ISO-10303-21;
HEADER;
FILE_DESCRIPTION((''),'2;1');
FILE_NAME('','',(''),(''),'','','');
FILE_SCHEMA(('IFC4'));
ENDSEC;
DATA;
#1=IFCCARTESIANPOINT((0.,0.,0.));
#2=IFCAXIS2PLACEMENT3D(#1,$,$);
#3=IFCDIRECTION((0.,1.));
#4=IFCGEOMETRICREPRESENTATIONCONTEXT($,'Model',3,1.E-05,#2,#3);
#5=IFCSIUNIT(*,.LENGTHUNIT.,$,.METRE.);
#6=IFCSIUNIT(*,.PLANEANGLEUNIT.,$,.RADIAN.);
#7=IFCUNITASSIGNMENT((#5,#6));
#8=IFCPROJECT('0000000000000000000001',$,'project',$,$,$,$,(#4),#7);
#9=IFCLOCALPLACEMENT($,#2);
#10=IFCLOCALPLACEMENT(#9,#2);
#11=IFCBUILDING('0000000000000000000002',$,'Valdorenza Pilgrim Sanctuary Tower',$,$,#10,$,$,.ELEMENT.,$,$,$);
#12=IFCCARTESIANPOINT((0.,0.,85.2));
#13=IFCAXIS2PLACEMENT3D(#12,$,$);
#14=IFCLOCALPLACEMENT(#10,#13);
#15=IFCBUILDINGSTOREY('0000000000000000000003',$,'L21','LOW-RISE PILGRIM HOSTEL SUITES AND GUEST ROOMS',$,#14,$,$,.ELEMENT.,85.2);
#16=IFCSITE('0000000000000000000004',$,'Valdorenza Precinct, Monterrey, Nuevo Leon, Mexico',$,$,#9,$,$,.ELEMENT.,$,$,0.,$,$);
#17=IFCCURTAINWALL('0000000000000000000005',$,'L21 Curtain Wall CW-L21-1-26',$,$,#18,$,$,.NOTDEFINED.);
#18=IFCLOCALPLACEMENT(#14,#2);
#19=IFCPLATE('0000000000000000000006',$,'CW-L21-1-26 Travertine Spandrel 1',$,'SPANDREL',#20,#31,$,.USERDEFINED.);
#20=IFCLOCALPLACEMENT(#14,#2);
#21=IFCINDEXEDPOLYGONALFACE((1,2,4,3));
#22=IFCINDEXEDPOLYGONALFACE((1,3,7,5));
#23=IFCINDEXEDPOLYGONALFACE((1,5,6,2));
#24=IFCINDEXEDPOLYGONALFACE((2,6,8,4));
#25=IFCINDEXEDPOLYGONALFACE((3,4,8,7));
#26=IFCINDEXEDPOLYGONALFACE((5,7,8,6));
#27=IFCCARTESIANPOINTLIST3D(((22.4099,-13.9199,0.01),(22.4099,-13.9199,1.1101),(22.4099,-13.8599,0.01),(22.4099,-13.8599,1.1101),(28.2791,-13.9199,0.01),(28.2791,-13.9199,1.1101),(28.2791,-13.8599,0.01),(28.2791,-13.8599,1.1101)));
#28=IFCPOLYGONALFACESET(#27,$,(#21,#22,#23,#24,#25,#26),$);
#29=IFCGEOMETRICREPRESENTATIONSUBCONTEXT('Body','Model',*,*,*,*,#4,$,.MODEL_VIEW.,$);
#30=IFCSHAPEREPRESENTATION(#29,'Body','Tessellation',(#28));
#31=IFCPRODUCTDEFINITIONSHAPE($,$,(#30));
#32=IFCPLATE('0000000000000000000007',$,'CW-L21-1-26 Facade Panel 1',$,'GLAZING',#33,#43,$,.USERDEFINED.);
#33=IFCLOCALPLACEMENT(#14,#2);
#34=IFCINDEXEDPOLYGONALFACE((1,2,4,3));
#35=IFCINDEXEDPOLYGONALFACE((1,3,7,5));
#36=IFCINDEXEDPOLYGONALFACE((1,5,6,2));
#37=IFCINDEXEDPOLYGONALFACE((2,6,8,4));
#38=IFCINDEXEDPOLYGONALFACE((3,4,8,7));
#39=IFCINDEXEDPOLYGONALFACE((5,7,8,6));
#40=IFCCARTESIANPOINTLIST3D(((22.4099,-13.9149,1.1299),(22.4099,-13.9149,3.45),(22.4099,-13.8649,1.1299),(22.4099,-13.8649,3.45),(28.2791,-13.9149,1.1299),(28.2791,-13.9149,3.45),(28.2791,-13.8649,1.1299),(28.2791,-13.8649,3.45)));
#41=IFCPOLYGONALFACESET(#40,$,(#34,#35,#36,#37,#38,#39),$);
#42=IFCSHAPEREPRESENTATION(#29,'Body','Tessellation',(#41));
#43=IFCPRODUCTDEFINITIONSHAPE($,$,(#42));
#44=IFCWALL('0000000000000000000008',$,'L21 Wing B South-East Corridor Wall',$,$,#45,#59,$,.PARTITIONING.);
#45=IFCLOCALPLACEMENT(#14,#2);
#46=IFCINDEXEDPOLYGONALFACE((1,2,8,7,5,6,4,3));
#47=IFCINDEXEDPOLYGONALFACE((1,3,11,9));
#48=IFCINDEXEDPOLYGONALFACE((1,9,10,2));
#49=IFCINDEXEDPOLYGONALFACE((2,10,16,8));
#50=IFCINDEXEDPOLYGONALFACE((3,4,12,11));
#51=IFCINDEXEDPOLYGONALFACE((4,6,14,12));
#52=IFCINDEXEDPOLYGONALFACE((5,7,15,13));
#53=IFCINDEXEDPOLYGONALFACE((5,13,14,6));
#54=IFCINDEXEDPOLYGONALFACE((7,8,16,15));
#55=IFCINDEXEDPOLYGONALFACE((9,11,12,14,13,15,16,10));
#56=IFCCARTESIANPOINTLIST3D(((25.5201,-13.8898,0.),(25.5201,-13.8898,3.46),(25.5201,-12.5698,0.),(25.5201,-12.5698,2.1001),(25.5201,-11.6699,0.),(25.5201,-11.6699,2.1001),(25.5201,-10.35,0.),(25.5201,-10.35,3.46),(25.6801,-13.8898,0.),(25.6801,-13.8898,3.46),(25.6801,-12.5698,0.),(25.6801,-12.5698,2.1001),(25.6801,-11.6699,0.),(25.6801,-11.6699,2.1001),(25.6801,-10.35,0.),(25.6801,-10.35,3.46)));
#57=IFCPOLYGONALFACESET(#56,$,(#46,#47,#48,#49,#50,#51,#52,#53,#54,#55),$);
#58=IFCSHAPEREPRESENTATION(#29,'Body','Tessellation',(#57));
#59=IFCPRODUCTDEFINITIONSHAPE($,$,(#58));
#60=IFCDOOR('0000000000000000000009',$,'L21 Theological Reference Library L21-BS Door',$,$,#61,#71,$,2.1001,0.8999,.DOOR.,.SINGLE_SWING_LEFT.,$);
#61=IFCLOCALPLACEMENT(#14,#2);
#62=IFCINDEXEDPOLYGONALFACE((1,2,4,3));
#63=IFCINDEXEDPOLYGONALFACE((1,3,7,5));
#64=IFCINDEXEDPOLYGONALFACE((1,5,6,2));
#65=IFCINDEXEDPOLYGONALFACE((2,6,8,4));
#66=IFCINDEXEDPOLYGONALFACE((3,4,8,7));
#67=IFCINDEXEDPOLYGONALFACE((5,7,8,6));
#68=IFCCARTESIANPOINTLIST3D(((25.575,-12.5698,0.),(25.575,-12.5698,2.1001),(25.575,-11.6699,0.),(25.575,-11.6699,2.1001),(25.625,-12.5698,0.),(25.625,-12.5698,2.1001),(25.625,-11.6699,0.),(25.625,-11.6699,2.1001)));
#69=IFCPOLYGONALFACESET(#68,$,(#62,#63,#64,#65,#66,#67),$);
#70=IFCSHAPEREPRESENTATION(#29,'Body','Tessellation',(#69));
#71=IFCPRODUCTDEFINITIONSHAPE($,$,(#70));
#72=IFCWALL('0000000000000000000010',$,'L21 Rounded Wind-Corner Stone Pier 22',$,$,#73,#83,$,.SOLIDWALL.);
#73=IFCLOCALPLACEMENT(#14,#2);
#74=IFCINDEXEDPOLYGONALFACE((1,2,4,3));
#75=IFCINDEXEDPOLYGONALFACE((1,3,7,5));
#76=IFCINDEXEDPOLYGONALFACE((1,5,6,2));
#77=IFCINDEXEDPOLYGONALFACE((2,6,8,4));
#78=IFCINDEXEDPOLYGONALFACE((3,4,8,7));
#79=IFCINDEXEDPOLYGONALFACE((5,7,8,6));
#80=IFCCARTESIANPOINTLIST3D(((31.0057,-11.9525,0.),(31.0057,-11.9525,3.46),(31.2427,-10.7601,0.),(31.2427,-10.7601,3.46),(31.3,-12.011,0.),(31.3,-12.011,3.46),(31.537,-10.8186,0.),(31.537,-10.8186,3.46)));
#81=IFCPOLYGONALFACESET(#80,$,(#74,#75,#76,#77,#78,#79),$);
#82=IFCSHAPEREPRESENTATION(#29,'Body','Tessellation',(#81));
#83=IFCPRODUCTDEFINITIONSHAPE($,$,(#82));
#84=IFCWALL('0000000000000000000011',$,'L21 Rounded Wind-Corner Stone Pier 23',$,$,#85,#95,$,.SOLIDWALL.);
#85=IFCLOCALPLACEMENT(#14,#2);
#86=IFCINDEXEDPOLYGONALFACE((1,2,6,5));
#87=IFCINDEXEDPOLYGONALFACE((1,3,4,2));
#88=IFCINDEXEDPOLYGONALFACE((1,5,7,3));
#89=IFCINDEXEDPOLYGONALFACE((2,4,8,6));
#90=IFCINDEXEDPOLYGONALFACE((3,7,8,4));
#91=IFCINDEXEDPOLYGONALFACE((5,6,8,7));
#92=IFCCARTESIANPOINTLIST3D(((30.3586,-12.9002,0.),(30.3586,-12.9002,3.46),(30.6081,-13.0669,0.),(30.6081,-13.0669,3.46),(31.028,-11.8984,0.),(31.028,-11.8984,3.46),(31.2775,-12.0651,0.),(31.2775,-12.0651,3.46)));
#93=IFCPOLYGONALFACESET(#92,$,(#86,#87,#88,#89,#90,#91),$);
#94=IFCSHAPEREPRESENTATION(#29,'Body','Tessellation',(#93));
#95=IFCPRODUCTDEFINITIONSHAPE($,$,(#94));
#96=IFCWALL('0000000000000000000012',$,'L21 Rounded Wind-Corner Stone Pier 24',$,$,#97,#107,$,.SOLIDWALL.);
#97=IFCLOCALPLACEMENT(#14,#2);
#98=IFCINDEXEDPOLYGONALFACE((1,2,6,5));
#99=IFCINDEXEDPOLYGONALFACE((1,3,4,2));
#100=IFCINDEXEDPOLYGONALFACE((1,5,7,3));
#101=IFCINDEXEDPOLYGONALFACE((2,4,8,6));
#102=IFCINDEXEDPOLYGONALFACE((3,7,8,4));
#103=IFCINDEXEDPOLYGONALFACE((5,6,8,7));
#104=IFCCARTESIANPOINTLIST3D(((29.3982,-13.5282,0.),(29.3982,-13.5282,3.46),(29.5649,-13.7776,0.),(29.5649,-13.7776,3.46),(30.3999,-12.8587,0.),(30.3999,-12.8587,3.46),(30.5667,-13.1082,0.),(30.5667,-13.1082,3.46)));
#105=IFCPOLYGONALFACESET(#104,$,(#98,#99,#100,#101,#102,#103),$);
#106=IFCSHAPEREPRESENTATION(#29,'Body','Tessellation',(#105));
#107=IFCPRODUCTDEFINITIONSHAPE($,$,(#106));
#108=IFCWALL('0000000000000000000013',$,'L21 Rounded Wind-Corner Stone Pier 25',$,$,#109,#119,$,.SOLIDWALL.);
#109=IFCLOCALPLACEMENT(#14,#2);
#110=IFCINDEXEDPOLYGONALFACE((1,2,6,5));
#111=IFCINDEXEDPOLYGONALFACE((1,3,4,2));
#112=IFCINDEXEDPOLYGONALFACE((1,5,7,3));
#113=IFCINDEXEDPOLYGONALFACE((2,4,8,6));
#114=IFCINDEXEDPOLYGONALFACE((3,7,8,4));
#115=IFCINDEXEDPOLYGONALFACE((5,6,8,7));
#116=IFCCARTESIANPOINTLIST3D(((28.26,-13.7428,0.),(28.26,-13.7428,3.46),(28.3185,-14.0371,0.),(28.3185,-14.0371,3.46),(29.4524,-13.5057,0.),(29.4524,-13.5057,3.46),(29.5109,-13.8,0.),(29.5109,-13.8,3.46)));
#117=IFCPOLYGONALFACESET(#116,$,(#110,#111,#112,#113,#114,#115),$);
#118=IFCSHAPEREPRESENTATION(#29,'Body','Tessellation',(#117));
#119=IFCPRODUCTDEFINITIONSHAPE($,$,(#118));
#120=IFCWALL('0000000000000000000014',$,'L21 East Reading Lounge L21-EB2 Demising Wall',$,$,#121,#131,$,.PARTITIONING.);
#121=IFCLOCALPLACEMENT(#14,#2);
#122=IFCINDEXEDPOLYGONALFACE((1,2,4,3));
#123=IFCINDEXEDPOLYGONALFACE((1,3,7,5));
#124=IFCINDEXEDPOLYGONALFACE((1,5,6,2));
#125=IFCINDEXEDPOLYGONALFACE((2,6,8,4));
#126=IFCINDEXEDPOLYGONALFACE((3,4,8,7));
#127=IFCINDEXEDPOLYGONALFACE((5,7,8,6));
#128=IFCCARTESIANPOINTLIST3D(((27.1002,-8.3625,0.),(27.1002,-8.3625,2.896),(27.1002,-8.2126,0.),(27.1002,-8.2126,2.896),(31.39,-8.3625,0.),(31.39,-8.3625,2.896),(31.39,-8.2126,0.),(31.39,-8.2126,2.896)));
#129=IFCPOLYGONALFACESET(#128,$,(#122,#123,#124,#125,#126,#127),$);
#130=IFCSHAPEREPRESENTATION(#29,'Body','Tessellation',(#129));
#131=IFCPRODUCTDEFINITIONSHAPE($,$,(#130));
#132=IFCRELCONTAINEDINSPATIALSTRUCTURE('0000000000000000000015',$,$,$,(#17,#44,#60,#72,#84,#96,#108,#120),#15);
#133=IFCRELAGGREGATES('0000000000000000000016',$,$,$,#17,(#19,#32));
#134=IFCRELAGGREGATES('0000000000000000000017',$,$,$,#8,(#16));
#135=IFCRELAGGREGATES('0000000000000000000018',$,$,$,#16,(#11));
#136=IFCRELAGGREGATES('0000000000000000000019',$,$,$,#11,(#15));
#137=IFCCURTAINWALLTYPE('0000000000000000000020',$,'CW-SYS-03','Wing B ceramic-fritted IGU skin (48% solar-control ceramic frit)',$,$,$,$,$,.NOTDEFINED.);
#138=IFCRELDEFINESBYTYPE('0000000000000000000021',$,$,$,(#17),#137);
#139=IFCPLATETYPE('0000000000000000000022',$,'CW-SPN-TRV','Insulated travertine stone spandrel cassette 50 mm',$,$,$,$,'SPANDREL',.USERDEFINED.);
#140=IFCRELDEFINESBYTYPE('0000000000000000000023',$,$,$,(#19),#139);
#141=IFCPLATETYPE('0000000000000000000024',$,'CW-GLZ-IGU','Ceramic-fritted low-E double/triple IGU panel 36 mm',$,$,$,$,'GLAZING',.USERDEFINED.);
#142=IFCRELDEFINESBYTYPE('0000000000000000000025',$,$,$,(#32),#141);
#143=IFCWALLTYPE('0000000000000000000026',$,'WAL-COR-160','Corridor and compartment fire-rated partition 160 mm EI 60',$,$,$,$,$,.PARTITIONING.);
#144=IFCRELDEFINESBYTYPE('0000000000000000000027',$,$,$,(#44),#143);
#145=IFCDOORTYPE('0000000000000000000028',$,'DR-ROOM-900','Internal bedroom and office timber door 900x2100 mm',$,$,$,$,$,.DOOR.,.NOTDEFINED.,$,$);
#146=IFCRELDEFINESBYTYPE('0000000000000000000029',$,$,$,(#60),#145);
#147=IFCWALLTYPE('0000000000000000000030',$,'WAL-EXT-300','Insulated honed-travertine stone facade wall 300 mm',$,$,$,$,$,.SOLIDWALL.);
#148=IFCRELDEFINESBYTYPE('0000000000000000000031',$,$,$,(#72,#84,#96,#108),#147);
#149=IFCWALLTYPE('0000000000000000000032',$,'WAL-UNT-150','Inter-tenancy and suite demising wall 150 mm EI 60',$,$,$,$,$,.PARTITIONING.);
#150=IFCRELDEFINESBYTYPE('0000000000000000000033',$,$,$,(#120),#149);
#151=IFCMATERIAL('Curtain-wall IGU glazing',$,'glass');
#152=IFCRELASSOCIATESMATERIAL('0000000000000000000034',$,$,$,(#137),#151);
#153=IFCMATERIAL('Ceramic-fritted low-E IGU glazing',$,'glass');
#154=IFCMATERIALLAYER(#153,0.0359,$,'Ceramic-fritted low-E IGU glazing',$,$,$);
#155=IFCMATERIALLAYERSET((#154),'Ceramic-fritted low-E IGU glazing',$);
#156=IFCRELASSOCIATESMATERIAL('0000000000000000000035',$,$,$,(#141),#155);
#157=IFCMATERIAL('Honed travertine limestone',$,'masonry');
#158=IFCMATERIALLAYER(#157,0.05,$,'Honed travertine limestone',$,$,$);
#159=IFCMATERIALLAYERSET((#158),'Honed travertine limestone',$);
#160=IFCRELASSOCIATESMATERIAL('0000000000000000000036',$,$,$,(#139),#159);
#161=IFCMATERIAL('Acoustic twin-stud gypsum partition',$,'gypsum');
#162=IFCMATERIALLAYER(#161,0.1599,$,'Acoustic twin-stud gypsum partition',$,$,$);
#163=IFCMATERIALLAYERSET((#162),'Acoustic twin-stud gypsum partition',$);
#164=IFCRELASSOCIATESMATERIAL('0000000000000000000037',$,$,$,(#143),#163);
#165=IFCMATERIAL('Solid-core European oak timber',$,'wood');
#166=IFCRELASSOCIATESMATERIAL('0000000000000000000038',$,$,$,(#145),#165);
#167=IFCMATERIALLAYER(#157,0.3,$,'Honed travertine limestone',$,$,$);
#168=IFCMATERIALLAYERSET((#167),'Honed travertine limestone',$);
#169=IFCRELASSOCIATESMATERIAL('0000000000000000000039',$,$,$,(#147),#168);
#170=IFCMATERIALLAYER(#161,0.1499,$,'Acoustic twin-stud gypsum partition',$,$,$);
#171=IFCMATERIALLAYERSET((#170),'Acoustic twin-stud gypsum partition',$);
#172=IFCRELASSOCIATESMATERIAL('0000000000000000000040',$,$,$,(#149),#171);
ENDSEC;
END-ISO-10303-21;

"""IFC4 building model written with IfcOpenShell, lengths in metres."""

from ifc_helpers import new_model, si_unit, direction, frame, frame_2d, origin, origin_2d, place, context, subcontext, project, spatial, rectangle, extrude, source, transform, mapped, material, layer, layer_set, type_object, element, fill, aggregate, save


model = new_model("IFC4")

# Units and contexts
model_context = context("Model", 3, precision=1e-05, world=origin(), true_north=direction((0.0, 1.0)))
body_context = subcontext(model_context, "Body", "Model", "MODEL_VIEW")
ifc_project = project(units=[si_unit("LENGTHUNIT", "METRE"), si_unit("PLANEANGLEUNIT", "RADIAN")], contexts=[model_context])

# Site, building, storey
site_placement = place(None, origin())
site = spatial("IfcSite", under=ifc_project, at=site_placement, Name="Valdorenza Precinct, Monterrey, Nuevo Leon, Mexico", CompositionType="ELEMENT", RefElevation=0.0)
building_placement = place(site_placement, origin())
building = spatial("IfcBuilding", under=site, at=building_placement, Name="Valdorenza Pilgrim Sanctuary Tower", CompositionType="ELEMENT")
storey_placement = place(building_placement, frame((0.0, 0.0, 85.2)))
storey = spatial("IfcBuildingStorey", under=building, at=storey_placement, Name="L21", Description="LOW-RISE PILGRIM HOSTEL SUITES AND GUEST ROOMS", CompositionType="ELEMENT", Elevation=85.2)

# Shared definitions
ifc_material_1 = material(Name="Curtain-wall IGU glazing", Category="glass")
curtain_wall_type = type_object("IfcCurtainWallType", Name="CW-SYS-03", Description="Wing B ceramic-fritted IGU skin (48% solar-control ceramic frit)", PredefinedType="NOTDEFINED", material=ifc_material_1)

# Curtain wall
curtain_wall_1_placement = place(storey_placement, origin())
curtain_wall_1 = element("IfcCurtainWall", 1, at=curtain_wall_1_placement, inside=storey, type_object=curtain_wall_type, Name="L21 Curtain Wall CW-L21-1-26", PredefinedType="NOTDEFINED")

# Plates
ifc_material_2 = material(Name="Ceramic-fritted low-E IGU glazing", Category="glass")
ifc_layer_1 = layer(ifc_material_2, 0.0359, Name="Ceramic-fritted low-E IGU glazing")
ifc_layer_set_1 = layer_set([ifc_layer_1], Name="Ceramic-fritted low-E IGU glazing")
plate_type_1 = type_object("IfcPlateType", Name="CW-GLZ-IGU", Description="Ceramic-fritted low-E double/triple IGU panel 36 mm", ElementType="GLAZING", PredefinedType="USERDEFINED", material=ifc_layer_set_1)
ifc_material_3 = material(Name="Honed travertine limestone", Category="masonry")
ifc_layer_2 = layer(ifc_material_3, 0.05, Name="Honed travertine limestone")
ifc_layer_set_2 = layer_set([ifc_layer_2], Name="Honed travertine limestone")
plate_type_2 = type_object("IfcPlateType", Name="CW-SPN-TRV", Description="Insulated travertine stone spandrel cassette 50 mm", ElementType="SPANDREL", PredefinedType="USERDEFINED", material=ifc_layer_set_2)
shared_shape_1 = source(origin(), body_context, "Body", "SweptSolid", [
    extrude(rectangle(XDim=5.8691, YDim=0.0601, at=origin_2d()), origin(), (0.0, 0.0, 1.0), 1.1001),
])
plate_1_placement = place(storey_placement, frame((25.3445, -13.8899, 0.01), z_axis=(0.0, 0.0, 1.0), x_axis=(-1.0, 0.0, 0.0)))
plate_1 = element("IfcPlate", 2, at=plate_1_placement, type_object=plate_type_2, Name="CW-L21-1-26 Travertine Spandrel 1", ObjectType="SPANDREL", PredefinedType="USERDEFINED", context=body_context, shape_type="MappedRepresentation", body=[
    mapped(shared_shape_1, transform((0.0, 0.0, 0.0), x_axis=(1.0, 0.0, 0.0), y_axis=(0.0, 1.0, 0.0), z_axis=(0.0, 0.0, 1.0), scale=1.0)),
])
shared_shape_2 = source(origin(), body_context, "Body", "SweptSolid", [
    extrude(rectangle(XDim=5.8691, YDim=0.05, at=origin_2d()), origin(), (0.0, 0.0, 1.0), 2.3201),
])
plate_2_placement = place(storey_placement, frame((25.3445, -13.8899, 1.1299), z_axis=(0.0, 0.0, 1.0), x_axis=(-1.0, 0.0, 0.0)))
plate_2 = element("IfcPlate", 3, at=plate_2_placement, type_object=plate_type_1, Name="CW-L21-1-26 Facade Panel 1", ObjectType="GLAZING", PredefinedType="USERDEFINED", context=body_context, shape_type="MappedRepresentation", body=[
    mapped(shared_shape_2, transform((0.0, 0.0, 0.0), x_axis=(1.0, 0.0, 0.0), y_axis=(0.0, 1.0, 0.0), z_axis=(0.0, 0.0, 1.0), scale=1.0)),
])
aggregate(curtain_wall_1, [plate_1, plate_2])

# Wall, opening, door
ifc_material_4 = material(Name="Acoustic twin-stud gypsum partition", Category="gypsum")
ifc_layer_3 = layer(ifc_material_4, 0.1599, Name="Acoustic twin-stud gypsum partition")
ifc_layer_set_3 = layer_set([ifc_layer_3], Name="Acoustic twin-stud gypsum partition")
wall_type_1 = type_object("IfcWallType", Name="WAL-COR-160", Description="Corridor and compartment fire-rated partition 160 mm EI 60", PredefinedType="PARTITIONING", material=ifc_layer_set_3)
wall_1_placement = place(storey_placement, frame((25.6001, -13.8899, 0.0), z_axis=(0.0, 0.0, 1.0), x_axis=(0.0, 1.0, 0.0)))
wall_1 = element("IfcWall", 4, at=wall_1_placement, inside=storey, type_object=wall_type_1, Name="L21 Wing B South-East Corridor Wall", PredefinedType="PARTITIONING", context=body_context, shape_type="SweptSolid", body=[
    extrude(rectangle(XDim=3.5398, YDim=0.1599, at=frame_2d((1.77, 0.0))), origin(), (0.0, 0.0, 1.0), 3.46),
])
opening_1_placement = place(wall_1_placement, frame((1.3201, 0.0, 0.0)))
opening_1 = element("IfcOpeningElement", 5, at=opening_1_placement, cuts=wall_1, PredefinedType="OPENING", context=body_context, shape_type="SweptSolid", body=[
    extrude(rectangle(XDim=0.8999, YDim=2.1001, at=frame_2d((0.45, 1.05))), frame((0.0, 0.0947, 0.0), z_axis=(0.0, -1.0, 0.0), x_axis=(1.0, 0.0, 0.0)), (0.0, 0.0, 1.0), 0.1897),
])
ifc_material_5 = material(Name="Solid-core European oak timber", Category="wood")
door_type_1 = type_object("IfcDoorType", Name="DR-ROOM-900", Description="Internal bedroom and office timber door 900x2100 mm", OperationType="NOTDEFINED", PredefinedType="DOOR", material=ifc_material_5)
door_1_placement = place(opening_1_placement, frame((0.8999, 0.0, 0.0), z_axis=(0.0, 0.0, 1.0), x_axis=(-1.0, 0.0, 0.0)))
door_1 = element("IfcDoor", 6, at=door_1_placement, inside=storey, type_object=door_type_1, Name="L21 Theological Reference Library L21-BS Door", OperationType="SINGLE_SWING_LEFT", OverallHeight=2.1001, OverallWidth=0.8999, PredefinedType="DOOR", context=body_context, shape_type="SweptSolid", body=[
    extrude(rectangle(XDim=0.8999, YDim=2.1001, at=frame_2d((0.45, 1.05))), frame((0.0, 0.0249, 0.0), z_axis=(0.0, -1.0, 0.0), x_axis=(1.0, 0.0, 0.0)), (0.0, 0.0, 1.0), 0.05),
])
fill(opening_1, door_1)

# Walls
ifc_layer_4 = layer(ifc_material_3, 0.3, Name="Honed travertine limestone")
ifc_layer_set_4 = layer_set([ifc_layer_4], Name="Honed travertine limestone")
wall_type_2 = type_object("IfcWallType", Name="WAL-EXT-300", Description="Insulated honed-travertine stone facade wall 300 mm", PredefinedType="SOLIDWALL", material=ifc_layer_set_4)
wall_2_placement = place(storey_placement, frame((31.3899, -10.7893, 0.0), z_axis=(0.0, 0.0, 1.0), x_axis=(-0.194996, -0.980804, 0.0)))
element("IfcWall", 7, at=wall_2_placement, inside=storey, type_object=wall_type_2, Name="L21 Rounded Wind-Corner Stone Pier 22", PredefinedType="SOLIDWALL", context=body_context, shape_type="SweptSolid", body=[
    extrude(rectangle(XDim=1.2158, YDim=0.3, at=frame_2d((0.6079, 0.0))), origin(), (0.0, 0.0, 1.0), 3.46),
])
for number, where, z_axis, x_axis, name in (
    (8, (31.1528, -11.9817, 0.0), (0.0, 0.0, 1.0), (-0.555635, -0.831426, 0.0), "L21 Rounded Wind-Corner Stone Pier 23"),
    (9, (30.4834, -12.9834, 0.0), (0.0, 0.0, 1.0), (-0.831426, -0.555635, 0.0), "L21 Rounded Wind-Corner Stone Pier 24"),
):
    element("IfcWall", number, at=place(storey_placement, frame(where, z_axis=z_axis, x_axis=x_axis)), inside=storey, type_object=wall_type_2, Name=name, PredefinedType="SOLIDWALL", context=body_context, shape_type="SweptSolid", body=[
        extrude(rectangle(XDim=1.2048, YDim=0.3, at=frame_2d((0.6025, 0.0))), origin(), (0.0, 0.0, 1.0), 3.46),
    ])
wall_3_placement = place(storey_placement, frame((29.4817, -13.6528, 0.0), z_axis=(0.0, 0.0, 1.0), x_axis=(-0.980804, -0.194996, 0.0)))
element("IfcWall", 10, at=wall_3_placement, inside=storey, type_object=wall_type_2, Name="L21 Rounded Wind-Corner Stone Pier 25", PredefinedType="SOLIDWALL", context=body_context, shape_type="SweptSolid", body=[
    extrude(rectangle(XDim=1.2158, YDim=0.3, at=frame_2d((0.6079, 0.0))), origin(), (0.0, 0.0, 1.0), 3.46),
])
ifc_layer_5 = layer(ifc_material_4, 0.1499, Name="Acoustic twin-stud gypsum partition")
ifc_layer_set_5 = layer_set([ifc_layer_5], Name="Acoustic twin-stud gypsum partition")
wall_type_3 = type_object("IfcWallType", Name="WAL-UNT-150", Description="Inter-tenancy and suite demising wall 150 mm EI 60", PredefinedType="PARTITIONING", material=ifc_layer_set_5)
wall_4_placement = place(storey_placement, frame((27.1001, -8.2876, 0.0), z_axis=(0.0, 0.0, 1.0), x_axis=(1.0, 0.0, 0.0)))
element("IfcWall", 11, at=wall_4_placement, inside=storey, type_object=wall_type_3, Name="L21 East Reading Lounge L21-EB2 Demising Wall", PredefinedType="PARTITIONING", context=body_context, shape_type="SweptSolid", body=[
    extrude(rectangle(XDim=4.2898, YDim=0.1499, at=frame_2d((2.145, 0.0))), origin(), (0.0, 0.0, 1.0), 2.896),
])

save(model, "model.ifc")
